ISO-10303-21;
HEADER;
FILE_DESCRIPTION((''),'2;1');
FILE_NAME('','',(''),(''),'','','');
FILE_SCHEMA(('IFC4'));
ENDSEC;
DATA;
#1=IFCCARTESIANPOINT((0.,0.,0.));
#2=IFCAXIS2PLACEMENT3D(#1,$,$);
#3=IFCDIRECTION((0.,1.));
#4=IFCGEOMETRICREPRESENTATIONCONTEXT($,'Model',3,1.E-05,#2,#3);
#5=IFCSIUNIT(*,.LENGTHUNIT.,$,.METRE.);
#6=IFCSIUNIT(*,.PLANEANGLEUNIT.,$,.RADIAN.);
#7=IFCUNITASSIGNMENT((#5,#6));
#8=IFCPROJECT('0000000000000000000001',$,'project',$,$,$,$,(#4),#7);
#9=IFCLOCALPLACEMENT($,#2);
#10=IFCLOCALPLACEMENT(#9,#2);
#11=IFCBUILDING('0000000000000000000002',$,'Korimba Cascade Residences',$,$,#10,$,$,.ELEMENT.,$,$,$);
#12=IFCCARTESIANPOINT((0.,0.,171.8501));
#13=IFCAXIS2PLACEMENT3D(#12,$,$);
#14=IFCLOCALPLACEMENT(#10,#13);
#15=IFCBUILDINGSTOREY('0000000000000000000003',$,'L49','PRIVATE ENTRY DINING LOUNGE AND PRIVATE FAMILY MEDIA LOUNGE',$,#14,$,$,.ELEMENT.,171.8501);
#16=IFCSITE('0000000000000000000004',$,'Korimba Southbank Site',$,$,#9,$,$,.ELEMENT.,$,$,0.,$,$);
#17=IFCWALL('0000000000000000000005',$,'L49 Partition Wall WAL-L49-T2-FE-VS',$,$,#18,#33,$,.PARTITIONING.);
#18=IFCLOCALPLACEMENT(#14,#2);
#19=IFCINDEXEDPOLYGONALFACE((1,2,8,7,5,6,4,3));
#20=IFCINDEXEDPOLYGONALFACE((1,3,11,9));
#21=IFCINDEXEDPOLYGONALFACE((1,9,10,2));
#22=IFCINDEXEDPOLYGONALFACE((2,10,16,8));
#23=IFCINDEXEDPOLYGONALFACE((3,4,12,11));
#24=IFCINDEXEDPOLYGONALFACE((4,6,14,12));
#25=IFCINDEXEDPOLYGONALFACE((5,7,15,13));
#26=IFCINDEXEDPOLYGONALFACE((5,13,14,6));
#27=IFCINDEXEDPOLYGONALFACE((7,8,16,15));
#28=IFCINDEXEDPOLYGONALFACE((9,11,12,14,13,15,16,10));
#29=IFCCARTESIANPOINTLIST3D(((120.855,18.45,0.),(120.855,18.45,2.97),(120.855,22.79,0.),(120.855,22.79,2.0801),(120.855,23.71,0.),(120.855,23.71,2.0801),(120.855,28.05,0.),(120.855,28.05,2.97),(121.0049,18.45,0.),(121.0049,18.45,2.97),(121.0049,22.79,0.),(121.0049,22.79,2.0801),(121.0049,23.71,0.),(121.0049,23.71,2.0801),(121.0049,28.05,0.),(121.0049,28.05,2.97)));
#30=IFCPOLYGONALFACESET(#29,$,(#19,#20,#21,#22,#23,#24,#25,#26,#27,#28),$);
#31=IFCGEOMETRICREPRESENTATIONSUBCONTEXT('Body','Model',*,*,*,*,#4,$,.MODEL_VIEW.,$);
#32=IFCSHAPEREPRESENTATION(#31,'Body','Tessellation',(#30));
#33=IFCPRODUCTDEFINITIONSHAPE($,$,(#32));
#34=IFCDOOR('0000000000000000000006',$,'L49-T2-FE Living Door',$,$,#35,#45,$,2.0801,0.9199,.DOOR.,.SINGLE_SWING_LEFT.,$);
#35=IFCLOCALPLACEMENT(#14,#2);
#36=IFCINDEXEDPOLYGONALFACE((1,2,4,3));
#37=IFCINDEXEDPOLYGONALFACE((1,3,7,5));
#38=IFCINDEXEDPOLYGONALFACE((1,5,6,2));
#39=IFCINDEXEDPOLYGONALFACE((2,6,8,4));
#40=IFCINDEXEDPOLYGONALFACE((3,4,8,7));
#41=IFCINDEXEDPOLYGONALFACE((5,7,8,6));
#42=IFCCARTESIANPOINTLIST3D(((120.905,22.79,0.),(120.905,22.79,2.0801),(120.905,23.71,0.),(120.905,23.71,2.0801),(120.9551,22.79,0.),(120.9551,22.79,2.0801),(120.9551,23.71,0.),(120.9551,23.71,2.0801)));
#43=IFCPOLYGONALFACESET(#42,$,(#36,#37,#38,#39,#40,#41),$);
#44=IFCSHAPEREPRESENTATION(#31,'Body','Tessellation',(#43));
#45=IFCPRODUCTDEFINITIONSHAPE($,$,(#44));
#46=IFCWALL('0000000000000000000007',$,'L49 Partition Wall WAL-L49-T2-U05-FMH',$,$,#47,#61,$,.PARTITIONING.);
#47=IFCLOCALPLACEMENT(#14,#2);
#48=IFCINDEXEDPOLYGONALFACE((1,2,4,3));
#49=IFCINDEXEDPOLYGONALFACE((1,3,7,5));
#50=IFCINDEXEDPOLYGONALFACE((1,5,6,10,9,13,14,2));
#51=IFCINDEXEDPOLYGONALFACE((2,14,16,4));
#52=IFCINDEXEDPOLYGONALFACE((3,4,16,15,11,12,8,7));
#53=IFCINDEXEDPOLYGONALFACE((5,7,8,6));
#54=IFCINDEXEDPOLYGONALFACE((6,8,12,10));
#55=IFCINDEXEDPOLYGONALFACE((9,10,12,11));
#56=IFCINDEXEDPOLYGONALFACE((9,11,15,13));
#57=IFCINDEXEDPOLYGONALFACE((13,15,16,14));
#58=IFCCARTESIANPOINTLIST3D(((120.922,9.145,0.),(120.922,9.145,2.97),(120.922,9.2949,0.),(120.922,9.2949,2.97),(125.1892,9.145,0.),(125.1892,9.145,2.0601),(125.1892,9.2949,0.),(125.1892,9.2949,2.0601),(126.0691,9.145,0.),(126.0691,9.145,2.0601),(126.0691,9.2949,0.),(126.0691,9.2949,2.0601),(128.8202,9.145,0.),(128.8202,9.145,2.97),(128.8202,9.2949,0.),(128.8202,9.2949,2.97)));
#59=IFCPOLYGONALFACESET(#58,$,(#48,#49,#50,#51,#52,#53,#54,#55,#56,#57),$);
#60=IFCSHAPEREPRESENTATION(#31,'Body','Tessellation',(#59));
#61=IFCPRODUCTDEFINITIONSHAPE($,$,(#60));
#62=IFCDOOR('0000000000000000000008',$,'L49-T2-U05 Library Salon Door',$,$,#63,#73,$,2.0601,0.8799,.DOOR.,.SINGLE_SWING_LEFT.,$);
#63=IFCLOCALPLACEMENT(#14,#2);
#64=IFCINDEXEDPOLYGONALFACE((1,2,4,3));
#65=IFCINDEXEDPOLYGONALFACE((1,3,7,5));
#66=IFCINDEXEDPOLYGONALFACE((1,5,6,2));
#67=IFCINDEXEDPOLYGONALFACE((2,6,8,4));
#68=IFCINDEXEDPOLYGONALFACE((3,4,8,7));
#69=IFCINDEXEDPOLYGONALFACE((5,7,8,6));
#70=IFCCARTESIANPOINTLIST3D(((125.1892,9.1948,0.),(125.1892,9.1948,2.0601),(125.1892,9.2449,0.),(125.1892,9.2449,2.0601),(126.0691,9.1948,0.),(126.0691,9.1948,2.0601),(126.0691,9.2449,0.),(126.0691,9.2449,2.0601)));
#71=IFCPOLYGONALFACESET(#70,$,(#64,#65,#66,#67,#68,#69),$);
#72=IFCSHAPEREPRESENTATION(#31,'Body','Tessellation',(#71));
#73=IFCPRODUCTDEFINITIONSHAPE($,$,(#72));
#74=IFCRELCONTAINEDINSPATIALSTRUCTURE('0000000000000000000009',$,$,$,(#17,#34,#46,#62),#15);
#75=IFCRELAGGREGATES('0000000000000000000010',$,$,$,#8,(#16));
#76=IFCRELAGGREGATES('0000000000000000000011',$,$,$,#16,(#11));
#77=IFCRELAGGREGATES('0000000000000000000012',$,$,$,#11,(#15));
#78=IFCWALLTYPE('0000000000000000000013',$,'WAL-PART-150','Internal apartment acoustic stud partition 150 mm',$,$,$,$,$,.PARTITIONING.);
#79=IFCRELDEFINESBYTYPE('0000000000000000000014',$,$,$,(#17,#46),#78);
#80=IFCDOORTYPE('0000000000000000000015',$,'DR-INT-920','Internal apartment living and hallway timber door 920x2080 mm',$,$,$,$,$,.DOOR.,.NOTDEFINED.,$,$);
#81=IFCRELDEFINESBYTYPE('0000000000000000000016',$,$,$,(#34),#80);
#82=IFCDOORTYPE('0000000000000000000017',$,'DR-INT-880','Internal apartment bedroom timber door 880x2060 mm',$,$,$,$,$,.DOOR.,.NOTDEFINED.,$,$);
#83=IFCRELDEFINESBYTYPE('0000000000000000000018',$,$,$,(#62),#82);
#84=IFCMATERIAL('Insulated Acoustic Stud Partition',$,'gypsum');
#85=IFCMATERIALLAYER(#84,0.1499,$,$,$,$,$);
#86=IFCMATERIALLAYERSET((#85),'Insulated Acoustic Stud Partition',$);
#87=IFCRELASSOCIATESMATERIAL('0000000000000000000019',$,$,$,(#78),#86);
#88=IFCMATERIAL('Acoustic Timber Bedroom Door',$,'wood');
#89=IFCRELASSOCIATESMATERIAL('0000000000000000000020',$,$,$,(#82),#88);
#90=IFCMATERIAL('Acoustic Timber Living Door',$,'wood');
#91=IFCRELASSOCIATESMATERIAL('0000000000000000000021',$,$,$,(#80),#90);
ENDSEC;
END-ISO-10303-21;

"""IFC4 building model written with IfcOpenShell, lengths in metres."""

from ifc_helpers import new_model, si_unit, direction, frame, frame_2d, origin, place, context, subcontext, project, spatial, rectangle, extrude, material, layer, layer_set, type_object, element, fill, save


model = new_model("IFC4")

# Units and contexts
model_context = context("Model", 3, precision=1e-05, world=origin(), true_north=direction((0.0, 1.0)))
body_context = subcontext(model_context, "Body", "Model", "MODEL_VIEW")
ifc_project = project(units=[si_unit("LENGTHUNIT", "METRE"), si_unit("PLANEANGLEUNIT", "RADIAN")], contexts=[model_context])

# Site, building, storey
site_placement = place(None, origin())
site = spatial("IfcSite", under=ifc_project, at=site_placement, Name="Korimba Southbank Site", CompositionType="ELEMENT", RefElevation=0.0)
building_placement = place(site_placement, origin())
building = spatial("IfcBuilding", under=site, at=building_placement, Name="Korimba Cascade Residences", CompositionType="ELEMENT")
storey_placement = place(building_placement, frame((0.0, 0.0, 171.8501)))
storey = spatial("IfcBuildingStorey", under=building, at=storey_placement, Name="L49", Description="PRIVATE ENTRY DINING LOUNGE AND PRIVATE FAMILY MEDIA LOUNGE", CompositionType="ELEMENT", Elevation=171.8501)

# Walls, openings, doors
ifc_material_1 = material(Name="Insulated Acoustic Stud Partition", Category="gypsum")
ifc_layer_1 = layer(ifc_material_1, 0.1499)
ifc_layer_set_1 = layer_set([ifc_layer_1], Name="Insulated Acoustic Stud Partition")
wall_type_1 = type_object("IfcWallType", Name="WAL-PART-150", Description="Internal apartment acoustic stud partition 150 mm", PredefinedType="PARTITIONING", material=ifc_layer_set_1)
ifc_material_2 = material(Name="Acoustic Timber Bedroom Door", Category="wood")
door_type_1 = type_object("IfcDoorType", Name="DR-INT-880", Description="Internal apartment bedroom timber door 880x2060 mm", OperationType="NOTDEFINED", PredefinedType="DOOR", material=ifc_material_2)
wall_1_placement = place(storey_placement, frame((120.9299, 18.45, 0.0), z_axis=(0.0, 0.0, 1.0), x_axis=(0.0, 1.0, 0.0)))
wall_1 = element("IfcWall", 1, at=wall_1_placement, inside=storey, type_object=wall_type_1, Name="L49 Partition Wall WAL-L49-T2-FE-VS", PredefinedType="PARTITIONING", context=body_context, shape_type="SweptSolid", body=[
    extrude(rectangle(XDim=9.6001, YDim=0.1499, at=frame_2d((4.8, 0.0))), origin(), (0.0, 0.0, 1.0), 2.97),
])
opening_1_placement = place(wall_1_placement, frame((4.3401, 0.0, 0.0)))
opening_1 = element("IfcOpeningElement", 2, at=opening_1_placement, cuts=wall_1, PredefinedType="OPENING", context=body_context, shape_type="SweptSolid", body=[
    extrude(rectangle(XDim=0.9199, YDim=2.0801, at=frame_2d((0.46, 1.04))), frame((0.0, 0.085, 0.0), z_axis=(0.0, -1.0, 0.0), x_axis=(1.0, 0.0, 0.0)), (0.0, 0.0, 1.0), 0.1699),
])
ifc_material_3 = material(Name="Acoustic Timber Living Door", Category="wood")
door_type_2 = type_object("IfcDoorType", Name="DR-INT-920", Description="Internal apartment living and hallway timber door 920x2080 mm", OperationType="NOTDEFINED", PredefinedType="DOOR", material=ifc_material_3)
door_1_placement = place(opening_1_placement, origin())
door_1 = element("IfcDoor", 3, at=door_1_placement, inside=storey, type_object=door_type_2, Name="L49-T2-FE Living Door", OperationType="SINGLE_SWING_LEFT", OverallHeight=2.0801, OverallWidth=0.9199, PredefinedType="DOOR", context=body_context, shape_type="SweptSolid", body=[
    extrude(rectangle(XDim=0.9199, YDim=2.0801, at=frame_2d((0.46, 1.04))), frame((0.0, 0.0249, 0.0), z_axis=(0.0, -1.0, 0.0), x_axis=(1.0, 0.0, 0.0)), (0.0, 0.0, 1.0), 0.05),
])
fill(opening_1, door_1)
wall_2_placement = place(storey_placement, frame((120.9219, 9.22, 0.0), z_axis=(0.0, 0.0, 1.0), x_axis=(1.0, 0.0, 0.0)))
wall_2 = element("IfcWall", 4, at=wall_2_placement, inside=storey, type_object=wall_type_1, Name="L49 Partition Wall WAL-L49-T2-U05-FMH", PredefinedType="PARTITIONING", context=body_context, shape_type="SweptSolid", body=[
    extrude(rectangle(XDim=7.8982, YDim=0.1499, at=frame_2d((3.9492, 0.0))), origin(), (0.0, 0.0, 1.0), 2.97),
])
opening_2_placement = place(wall_2_placement, frame((4.2673, 0.0, 0.0)))
opening_2 = element("IfcOpeningElement", 5, at=opening_2_placement, cuts=wall_2, PredefinedType="OPENING", context=body_context, shape_type="SweptSolid", body=[
    extrude(rectangle(XDim=0.8799, YDim=2.0601, at=frame_2d((0.4399, 1.03))), frame((0.0, 0.085, 0.0), z_axis=(0.0, -1.0, 0.0), x_axis=(1.0, 0.0, 0.0)), (0.0, 0.0, 1.0), 0.1699),
])
door_2_placement = place(opening_2_placement, origin())
door_2 = element("IfcDoor", 6, at=door_2_placement, inside=storey, type_object=door_type_1, Name="L49-T2-U05 Library Salon Door", OperationType="SINGLE_SWING_LEFT", OverallHeight=2.0601, OverallWidth=0.8799, PredefinedType="DOOR", context=body_context, shape_type="SweptSolid", body=[
    extrude(rectangle(XDim=0.8799, YDim=2.0601, at=frame_2d((0.4399, 1.03))), frame((0.0, 0.0249, 0.0), z_axis=(0.0, -1.0, 0.0), x_axis=(1.0, 0.0, 0.0)), (0.0, 0.0, 1.0), 0.05),
])
fill(opening_2, door_2)

save(model, "model.ifc")
